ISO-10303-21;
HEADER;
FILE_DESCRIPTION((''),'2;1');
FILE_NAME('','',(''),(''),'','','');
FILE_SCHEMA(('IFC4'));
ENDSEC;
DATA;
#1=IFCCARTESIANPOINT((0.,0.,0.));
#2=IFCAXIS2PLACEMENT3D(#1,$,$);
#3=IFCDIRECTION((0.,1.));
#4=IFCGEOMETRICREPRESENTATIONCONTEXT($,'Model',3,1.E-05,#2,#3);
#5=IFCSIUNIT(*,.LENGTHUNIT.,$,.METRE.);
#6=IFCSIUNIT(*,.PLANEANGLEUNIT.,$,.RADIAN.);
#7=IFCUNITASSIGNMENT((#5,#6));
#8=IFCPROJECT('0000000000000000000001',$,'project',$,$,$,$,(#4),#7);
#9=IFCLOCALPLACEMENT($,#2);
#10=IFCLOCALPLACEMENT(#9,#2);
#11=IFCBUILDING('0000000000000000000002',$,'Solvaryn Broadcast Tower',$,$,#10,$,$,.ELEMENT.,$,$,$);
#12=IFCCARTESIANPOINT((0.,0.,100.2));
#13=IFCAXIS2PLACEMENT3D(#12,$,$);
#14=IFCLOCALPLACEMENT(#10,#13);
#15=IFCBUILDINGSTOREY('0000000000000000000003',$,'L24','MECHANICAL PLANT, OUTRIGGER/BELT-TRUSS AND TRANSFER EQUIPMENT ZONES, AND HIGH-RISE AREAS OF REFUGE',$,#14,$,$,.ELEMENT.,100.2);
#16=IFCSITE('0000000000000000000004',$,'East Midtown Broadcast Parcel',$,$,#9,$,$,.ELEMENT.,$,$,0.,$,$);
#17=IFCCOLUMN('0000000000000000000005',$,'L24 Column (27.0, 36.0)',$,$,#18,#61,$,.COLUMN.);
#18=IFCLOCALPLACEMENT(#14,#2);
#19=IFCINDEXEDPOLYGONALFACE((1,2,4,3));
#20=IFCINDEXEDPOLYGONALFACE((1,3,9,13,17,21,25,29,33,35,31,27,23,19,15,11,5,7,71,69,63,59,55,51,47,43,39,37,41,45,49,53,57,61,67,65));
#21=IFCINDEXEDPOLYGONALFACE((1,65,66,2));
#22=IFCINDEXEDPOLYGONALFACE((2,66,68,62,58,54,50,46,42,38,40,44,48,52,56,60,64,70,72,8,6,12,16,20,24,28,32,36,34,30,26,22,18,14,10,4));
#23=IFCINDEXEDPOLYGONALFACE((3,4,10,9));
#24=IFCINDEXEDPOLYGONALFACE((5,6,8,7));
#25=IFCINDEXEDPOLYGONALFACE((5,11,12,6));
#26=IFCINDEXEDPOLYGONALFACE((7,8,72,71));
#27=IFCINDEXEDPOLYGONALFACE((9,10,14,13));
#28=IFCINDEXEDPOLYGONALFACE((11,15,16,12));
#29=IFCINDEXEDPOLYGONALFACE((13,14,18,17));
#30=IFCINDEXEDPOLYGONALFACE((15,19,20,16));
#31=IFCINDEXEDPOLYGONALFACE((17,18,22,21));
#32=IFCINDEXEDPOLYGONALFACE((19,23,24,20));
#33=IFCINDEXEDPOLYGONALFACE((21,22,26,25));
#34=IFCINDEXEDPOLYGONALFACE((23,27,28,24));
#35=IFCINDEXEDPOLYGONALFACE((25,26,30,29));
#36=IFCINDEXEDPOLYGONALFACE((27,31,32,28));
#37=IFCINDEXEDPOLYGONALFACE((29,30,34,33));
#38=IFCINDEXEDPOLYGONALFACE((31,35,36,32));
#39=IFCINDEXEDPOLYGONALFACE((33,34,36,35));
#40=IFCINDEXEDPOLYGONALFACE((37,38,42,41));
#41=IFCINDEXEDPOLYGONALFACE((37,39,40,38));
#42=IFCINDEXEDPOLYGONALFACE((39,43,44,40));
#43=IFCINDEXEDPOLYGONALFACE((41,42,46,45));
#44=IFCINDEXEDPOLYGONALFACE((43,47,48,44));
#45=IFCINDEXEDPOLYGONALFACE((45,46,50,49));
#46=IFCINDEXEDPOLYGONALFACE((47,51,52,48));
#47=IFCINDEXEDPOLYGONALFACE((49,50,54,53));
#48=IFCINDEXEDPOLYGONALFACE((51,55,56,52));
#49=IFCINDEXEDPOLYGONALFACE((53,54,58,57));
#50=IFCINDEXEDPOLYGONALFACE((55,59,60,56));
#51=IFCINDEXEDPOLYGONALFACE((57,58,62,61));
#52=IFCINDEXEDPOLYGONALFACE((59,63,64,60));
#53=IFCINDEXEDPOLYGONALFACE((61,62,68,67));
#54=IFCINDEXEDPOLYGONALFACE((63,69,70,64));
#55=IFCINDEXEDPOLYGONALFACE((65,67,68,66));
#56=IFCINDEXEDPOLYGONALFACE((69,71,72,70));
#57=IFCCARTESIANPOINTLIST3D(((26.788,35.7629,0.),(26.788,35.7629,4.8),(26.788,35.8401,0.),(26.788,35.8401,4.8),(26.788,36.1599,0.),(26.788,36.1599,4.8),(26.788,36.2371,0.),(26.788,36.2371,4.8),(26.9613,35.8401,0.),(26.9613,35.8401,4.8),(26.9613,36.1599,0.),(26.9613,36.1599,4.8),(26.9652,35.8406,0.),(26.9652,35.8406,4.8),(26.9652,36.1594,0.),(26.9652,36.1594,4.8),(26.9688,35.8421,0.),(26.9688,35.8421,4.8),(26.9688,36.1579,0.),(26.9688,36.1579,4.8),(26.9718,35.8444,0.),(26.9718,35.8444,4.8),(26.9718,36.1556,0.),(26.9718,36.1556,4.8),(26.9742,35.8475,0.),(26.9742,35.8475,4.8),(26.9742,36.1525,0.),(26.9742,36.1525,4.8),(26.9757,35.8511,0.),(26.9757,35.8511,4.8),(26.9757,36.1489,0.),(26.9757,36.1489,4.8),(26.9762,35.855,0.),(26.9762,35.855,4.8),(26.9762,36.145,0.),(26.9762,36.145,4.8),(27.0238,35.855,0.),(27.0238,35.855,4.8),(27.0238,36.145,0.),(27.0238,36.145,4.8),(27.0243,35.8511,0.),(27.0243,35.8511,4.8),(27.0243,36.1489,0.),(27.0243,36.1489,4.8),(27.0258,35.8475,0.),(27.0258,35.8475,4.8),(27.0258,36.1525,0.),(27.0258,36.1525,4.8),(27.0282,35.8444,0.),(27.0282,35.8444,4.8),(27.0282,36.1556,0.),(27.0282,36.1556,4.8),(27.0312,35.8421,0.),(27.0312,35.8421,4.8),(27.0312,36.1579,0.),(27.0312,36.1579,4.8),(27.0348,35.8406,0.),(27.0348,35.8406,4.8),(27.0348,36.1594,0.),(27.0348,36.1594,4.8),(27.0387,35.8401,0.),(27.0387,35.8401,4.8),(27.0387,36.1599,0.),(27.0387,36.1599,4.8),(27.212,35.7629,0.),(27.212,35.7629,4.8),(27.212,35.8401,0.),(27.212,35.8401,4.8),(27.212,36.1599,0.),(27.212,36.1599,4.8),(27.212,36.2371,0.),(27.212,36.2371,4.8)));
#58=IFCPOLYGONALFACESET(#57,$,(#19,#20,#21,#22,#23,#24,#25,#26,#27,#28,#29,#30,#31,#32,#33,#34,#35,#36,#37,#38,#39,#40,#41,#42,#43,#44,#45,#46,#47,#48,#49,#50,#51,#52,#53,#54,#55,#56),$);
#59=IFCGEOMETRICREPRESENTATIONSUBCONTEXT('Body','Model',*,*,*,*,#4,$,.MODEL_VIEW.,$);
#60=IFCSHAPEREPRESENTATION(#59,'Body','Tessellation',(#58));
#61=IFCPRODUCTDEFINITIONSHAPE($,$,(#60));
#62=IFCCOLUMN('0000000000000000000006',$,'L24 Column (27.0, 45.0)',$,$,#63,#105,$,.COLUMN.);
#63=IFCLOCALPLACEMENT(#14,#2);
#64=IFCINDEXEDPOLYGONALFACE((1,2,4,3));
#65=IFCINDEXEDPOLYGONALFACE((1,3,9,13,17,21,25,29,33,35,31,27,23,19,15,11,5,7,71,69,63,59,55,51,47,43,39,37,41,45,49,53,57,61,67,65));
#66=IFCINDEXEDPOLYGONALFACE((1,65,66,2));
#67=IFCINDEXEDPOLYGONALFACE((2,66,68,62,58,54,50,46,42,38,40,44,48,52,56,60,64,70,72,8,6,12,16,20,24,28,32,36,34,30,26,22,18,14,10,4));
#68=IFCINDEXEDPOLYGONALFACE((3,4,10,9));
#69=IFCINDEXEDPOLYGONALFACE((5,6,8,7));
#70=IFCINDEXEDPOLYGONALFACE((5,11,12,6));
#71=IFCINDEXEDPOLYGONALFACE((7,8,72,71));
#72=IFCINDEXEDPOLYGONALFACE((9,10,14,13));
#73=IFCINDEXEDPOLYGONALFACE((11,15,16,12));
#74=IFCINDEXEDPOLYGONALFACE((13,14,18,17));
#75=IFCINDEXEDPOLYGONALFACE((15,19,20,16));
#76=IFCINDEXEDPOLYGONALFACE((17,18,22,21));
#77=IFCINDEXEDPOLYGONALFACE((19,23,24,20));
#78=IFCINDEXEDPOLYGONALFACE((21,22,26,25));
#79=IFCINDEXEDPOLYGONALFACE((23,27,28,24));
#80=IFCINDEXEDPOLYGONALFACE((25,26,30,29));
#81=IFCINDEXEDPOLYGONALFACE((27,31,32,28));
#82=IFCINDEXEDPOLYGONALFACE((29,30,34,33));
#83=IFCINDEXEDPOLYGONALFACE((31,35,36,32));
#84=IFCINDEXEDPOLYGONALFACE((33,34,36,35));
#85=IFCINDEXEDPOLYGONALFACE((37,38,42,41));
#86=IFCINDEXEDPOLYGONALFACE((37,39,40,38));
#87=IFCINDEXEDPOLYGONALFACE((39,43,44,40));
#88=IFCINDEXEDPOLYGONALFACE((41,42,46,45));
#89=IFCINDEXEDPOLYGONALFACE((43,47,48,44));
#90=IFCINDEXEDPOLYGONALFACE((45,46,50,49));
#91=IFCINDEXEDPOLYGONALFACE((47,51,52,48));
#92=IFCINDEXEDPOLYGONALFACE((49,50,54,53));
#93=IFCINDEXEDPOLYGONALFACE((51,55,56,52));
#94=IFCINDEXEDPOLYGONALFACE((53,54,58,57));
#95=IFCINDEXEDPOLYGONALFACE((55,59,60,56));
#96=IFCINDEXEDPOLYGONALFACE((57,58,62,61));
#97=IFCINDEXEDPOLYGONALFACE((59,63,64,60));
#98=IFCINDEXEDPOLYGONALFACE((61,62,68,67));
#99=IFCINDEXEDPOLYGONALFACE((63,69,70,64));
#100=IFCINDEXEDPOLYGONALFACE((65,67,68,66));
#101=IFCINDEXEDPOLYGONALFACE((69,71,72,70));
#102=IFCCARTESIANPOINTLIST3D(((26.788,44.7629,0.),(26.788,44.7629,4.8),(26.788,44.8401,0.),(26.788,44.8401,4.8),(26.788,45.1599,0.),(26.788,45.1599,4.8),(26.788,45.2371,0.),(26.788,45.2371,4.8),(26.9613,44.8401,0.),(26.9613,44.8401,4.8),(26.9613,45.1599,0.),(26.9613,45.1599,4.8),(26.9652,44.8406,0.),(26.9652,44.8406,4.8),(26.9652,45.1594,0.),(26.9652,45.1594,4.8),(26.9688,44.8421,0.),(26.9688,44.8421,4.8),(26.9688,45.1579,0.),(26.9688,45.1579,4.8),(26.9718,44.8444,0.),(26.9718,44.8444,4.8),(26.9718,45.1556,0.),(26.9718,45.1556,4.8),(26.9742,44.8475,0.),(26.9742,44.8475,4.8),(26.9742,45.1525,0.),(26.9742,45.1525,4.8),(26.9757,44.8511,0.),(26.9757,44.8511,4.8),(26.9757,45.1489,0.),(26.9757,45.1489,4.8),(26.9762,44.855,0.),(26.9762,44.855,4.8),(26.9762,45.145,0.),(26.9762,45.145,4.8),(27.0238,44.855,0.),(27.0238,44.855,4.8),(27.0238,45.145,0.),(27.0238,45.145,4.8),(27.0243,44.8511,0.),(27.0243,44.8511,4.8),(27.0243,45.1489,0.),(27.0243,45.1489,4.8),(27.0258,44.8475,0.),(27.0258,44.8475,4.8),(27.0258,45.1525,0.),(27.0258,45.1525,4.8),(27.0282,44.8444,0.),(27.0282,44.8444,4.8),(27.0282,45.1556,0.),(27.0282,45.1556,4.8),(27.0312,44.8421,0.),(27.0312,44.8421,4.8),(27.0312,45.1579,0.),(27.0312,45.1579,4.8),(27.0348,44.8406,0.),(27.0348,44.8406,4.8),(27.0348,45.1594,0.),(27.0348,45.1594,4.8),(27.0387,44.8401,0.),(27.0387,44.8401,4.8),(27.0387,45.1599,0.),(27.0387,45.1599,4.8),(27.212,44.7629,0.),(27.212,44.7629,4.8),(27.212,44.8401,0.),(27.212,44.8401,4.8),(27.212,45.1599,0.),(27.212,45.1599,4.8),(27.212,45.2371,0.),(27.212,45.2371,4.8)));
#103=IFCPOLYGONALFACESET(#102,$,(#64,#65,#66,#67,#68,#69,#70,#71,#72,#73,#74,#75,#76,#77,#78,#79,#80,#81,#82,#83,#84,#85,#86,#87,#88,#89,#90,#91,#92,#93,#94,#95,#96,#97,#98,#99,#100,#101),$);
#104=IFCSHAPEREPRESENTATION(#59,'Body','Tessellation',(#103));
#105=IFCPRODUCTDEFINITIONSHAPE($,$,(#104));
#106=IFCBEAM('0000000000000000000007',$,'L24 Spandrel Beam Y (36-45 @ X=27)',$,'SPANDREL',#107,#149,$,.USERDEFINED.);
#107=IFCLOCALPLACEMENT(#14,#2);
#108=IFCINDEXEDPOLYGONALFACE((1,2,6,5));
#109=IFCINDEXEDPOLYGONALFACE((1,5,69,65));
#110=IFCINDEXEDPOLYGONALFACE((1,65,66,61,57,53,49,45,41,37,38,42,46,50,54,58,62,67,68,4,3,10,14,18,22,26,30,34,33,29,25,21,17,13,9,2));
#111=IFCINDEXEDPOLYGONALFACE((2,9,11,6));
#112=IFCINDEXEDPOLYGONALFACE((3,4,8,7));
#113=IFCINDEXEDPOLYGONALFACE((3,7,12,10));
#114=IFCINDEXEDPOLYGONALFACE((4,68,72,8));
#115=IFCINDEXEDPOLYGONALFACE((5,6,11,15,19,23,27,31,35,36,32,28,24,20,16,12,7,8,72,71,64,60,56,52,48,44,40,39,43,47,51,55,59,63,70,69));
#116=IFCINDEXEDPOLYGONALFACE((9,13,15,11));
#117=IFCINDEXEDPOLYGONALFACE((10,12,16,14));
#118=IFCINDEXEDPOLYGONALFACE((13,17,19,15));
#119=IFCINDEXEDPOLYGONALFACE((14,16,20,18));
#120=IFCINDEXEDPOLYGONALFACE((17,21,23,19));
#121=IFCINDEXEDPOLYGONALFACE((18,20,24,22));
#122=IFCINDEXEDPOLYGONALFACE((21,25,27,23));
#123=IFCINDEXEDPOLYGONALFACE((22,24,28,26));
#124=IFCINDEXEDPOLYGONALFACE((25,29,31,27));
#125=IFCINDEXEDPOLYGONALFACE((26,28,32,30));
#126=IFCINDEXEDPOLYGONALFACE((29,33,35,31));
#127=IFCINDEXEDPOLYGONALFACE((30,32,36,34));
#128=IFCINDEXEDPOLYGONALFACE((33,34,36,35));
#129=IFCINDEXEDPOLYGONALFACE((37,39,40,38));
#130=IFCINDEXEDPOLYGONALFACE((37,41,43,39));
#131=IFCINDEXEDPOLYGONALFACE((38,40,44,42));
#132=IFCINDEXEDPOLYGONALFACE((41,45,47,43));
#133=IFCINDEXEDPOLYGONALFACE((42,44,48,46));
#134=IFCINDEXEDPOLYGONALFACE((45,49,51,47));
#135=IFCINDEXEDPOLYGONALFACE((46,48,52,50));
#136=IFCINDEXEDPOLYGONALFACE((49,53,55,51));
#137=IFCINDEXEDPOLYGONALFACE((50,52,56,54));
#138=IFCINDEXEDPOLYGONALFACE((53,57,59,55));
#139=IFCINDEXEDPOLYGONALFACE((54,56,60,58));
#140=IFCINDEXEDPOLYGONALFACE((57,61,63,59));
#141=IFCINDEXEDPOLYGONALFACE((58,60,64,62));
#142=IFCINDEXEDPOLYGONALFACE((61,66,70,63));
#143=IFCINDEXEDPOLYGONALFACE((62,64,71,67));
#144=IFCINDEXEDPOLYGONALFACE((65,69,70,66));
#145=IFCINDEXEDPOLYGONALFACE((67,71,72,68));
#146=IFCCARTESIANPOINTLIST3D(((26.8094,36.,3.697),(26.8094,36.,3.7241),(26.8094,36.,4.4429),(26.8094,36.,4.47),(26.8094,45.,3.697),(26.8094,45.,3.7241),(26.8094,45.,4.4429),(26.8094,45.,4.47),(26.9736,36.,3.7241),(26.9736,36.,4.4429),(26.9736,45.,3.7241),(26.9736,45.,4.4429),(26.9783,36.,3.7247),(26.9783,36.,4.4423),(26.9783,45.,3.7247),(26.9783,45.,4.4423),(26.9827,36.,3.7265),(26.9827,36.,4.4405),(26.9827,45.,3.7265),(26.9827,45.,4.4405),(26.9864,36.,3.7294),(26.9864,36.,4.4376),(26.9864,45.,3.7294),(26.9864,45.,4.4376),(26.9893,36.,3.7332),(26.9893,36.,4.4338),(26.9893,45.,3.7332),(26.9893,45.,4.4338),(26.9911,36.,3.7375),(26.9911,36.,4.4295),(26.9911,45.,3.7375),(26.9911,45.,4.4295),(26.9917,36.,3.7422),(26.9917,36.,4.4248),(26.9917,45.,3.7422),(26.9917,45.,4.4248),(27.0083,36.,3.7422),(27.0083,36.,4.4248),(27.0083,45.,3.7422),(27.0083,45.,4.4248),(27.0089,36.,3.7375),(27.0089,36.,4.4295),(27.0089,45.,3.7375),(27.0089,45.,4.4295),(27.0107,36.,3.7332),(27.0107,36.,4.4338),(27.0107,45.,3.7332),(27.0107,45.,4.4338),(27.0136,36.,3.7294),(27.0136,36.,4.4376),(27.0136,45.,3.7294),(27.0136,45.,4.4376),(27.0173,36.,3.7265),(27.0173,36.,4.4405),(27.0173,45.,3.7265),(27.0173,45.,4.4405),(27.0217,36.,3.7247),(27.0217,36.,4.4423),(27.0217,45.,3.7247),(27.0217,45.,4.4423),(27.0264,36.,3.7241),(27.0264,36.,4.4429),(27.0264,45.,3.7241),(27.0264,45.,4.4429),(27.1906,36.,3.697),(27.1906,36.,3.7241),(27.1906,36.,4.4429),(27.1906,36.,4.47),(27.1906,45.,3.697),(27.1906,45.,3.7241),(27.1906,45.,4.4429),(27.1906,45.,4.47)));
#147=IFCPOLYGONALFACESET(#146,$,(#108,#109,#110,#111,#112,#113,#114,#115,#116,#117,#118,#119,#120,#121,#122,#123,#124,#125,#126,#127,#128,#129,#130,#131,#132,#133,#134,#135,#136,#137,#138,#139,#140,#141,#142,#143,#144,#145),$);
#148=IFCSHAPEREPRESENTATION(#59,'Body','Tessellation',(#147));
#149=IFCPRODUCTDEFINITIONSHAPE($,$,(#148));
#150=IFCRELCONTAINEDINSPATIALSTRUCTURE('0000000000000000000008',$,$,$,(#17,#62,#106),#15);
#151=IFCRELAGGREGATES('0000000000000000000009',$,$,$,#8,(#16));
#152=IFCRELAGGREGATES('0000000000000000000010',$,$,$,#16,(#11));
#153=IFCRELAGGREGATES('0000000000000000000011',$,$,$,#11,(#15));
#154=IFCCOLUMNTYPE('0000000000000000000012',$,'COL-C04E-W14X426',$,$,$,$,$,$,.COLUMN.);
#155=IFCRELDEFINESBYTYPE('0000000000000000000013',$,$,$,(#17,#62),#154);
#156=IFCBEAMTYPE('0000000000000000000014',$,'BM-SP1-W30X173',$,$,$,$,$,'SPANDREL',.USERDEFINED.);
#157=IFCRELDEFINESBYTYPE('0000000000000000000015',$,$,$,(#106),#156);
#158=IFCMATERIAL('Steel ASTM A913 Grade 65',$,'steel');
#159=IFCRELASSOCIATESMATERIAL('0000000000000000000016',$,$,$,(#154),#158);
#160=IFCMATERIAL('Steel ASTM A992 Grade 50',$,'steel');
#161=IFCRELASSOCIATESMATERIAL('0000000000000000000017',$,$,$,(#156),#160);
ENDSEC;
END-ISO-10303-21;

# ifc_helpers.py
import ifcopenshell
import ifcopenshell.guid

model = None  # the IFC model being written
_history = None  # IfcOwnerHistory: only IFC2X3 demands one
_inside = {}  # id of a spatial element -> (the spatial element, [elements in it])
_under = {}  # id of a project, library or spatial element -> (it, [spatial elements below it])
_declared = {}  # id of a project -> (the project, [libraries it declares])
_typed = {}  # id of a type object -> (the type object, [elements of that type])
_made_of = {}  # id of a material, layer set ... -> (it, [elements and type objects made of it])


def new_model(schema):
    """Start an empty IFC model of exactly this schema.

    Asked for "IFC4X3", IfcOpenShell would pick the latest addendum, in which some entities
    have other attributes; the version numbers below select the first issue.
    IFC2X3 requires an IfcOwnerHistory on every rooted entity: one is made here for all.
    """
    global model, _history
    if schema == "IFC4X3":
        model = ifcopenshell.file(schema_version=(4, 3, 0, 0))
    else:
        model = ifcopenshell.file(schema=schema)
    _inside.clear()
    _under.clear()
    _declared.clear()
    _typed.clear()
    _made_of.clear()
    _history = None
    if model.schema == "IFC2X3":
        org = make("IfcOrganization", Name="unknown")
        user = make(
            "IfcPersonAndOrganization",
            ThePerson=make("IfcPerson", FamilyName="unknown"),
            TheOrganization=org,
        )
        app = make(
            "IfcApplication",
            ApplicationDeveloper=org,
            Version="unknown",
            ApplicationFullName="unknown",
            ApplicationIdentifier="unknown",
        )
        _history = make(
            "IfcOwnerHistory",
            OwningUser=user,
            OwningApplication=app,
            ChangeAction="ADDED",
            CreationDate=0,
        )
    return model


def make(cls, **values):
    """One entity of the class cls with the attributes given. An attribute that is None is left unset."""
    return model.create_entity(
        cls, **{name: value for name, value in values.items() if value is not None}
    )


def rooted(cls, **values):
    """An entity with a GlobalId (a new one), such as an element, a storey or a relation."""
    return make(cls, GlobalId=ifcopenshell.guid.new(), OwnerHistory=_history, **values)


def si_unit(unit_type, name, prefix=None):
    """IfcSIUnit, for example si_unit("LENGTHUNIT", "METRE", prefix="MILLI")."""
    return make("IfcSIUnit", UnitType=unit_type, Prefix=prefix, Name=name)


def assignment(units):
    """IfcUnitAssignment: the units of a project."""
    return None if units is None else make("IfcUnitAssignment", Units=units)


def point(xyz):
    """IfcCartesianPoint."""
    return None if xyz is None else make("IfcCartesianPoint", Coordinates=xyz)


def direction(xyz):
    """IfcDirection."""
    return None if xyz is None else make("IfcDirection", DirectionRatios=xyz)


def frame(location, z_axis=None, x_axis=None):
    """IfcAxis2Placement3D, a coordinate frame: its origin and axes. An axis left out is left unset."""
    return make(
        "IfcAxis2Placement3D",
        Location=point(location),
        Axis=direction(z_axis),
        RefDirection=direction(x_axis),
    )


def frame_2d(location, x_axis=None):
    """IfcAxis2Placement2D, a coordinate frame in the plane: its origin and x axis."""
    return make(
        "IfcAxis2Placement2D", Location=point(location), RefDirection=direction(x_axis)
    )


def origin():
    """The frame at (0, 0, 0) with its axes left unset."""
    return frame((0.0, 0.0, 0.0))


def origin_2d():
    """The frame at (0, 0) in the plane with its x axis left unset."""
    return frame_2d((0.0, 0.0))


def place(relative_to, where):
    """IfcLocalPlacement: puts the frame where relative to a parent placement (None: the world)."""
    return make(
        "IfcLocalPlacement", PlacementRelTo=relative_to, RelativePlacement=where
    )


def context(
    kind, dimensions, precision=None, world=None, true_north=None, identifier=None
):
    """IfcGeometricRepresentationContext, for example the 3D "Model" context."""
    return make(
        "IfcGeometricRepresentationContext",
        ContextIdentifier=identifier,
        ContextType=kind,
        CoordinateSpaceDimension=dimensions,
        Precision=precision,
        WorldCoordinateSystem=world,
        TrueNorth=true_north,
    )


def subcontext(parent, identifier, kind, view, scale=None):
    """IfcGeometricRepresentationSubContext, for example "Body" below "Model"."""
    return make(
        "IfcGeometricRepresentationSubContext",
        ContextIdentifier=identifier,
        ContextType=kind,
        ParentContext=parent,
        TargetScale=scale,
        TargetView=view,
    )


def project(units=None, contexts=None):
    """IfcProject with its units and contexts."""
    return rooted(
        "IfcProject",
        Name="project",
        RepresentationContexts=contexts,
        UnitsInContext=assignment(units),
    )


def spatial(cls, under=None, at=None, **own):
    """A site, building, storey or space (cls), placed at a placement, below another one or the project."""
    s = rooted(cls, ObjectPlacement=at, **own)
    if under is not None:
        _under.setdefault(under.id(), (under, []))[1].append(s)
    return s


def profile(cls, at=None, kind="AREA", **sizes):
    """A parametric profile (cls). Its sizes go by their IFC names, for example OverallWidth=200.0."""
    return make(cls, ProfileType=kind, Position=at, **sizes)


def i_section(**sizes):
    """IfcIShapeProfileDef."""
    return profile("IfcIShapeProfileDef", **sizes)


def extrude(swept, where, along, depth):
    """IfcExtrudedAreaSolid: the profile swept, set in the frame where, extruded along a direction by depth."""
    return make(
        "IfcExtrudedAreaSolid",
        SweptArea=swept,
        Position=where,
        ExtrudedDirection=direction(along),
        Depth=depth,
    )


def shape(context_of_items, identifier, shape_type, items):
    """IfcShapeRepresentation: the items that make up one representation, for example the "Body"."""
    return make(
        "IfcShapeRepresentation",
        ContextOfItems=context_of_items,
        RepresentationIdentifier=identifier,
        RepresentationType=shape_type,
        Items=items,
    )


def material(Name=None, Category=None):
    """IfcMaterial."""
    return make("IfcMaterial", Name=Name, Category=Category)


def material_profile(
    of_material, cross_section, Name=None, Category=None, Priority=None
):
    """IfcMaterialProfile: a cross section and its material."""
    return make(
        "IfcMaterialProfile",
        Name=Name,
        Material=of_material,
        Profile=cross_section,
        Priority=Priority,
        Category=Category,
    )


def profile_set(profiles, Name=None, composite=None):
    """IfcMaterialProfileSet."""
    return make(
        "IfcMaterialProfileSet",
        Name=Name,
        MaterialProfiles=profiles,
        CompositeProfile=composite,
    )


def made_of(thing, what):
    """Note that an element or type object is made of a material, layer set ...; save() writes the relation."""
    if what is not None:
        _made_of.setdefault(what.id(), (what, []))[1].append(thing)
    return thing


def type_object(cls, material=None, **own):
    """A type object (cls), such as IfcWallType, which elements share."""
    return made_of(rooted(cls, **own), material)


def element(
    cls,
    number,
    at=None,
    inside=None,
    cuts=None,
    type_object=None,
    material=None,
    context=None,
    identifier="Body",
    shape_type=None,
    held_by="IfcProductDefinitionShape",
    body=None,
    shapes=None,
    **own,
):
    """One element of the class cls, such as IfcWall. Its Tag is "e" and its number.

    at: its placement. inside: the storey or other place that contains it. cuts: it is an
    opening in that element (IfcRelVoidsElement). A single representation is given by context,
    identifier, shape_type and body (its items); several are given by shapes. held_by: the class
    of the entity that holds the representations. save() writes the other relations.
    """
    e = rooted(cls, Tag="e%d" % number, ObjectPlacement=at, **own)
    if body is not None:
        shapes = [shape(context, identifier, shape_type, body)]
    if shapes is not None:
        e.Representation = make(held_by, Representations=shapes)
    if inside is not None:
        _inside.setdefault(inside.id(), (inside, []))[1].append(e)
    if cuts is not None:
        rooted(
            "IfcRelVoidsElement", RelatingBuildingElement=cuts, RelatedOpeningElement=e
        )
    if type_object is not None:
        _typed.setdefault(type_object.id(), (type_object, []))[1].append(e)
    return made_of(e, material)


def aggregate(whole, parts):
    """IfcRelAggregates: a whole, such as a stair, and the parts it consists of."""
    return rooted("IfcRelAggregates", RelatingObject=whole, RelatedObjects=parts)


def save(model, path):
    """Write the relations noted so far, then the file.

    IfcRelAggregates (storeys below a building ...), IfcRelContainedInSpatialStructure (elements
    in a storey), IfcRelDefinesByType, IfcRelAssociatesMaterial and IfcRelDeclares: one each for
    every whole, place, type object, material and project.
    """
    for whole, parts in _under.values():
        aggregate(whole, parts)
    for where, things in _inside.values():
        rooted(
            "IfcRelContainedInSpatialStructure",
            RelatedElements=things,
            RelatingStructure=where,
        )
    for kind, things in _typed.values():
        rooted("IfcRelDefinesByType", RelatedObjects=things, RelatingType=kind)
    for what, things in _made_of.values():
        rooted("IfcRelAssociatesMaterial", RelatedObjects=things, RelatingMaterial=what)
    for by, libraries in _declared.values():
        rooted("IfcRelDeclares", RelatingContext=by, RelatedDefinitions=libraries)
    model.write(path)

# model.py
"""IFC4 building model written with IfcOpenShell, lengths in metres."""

from ifc_helpers import new_model, si_unit, direction, frame, origin, origin_2d, place, context, subcontext, project, spatial, i_section, extrude, material, material_profile, profile_set, type_object, element, save


model = new_model("IFC4")

# Units and contexts
model_context = context("Model", 3, precision=1e-05, world=origin(), true_north=direction((0.0, 1.0)))
body_context = subcontext(model_context, "Body", "Model", "MODEL_VIEW")
ifc_project = project(units=[si_unit("LENGTHUNIT", "METRE"), si_unit("PLANEANGLEUNIT", "RADIAN")], contexts=[model_context])

# Site, building, storey
site_placement = place(None, origin())
site = spatial("IfcSite", under=ifc_project, at=site_placement, Name="East Midtown Broadcast Parcel", CompositionType="ELEMENT", RefElevation=0.0)
building_placement = place(site_placement, origin())
building = spatial("IfcBuilding", under=site, at=building_placement, Name="Solvaryn Broadcast Tower", CompositionType="ELEMENT")
storey_placement = place(building_placement, frame((0.0, 0.0, 100.2)))
storey = spatial("IfcBuildingStorey", under=building, at=storey_placement, Name="L24", Description="MECHANICAL PLANT, OUTRIGGER/BELT-TRUSS AND TRANSFER EQUIPMENT ZONES, AND HIGH-RISE AREAS OF REFUGE", CompositionType="ELEMENT", Elevation=100.2)

# Columns
ifc_material_1 = material(Name="Steel ASTM A913 Grade 65", Category="steel")
ifc_material_profile_1 = material_profile(ifc_material_1, i_section(OverallWidth=0.4241, OverallDepth=0.4741, WebThickness=0.0476, FlangeThickness=0.0771, FilletRadius=0.0149, at=origin_2d()))
ifc_profile_set_1 = profile_set([ifc_material_profile_1], Name="Steel ASTM A913 Grade 65")
column_type = type_object("IfcColumnType", Name="COL-C04E-W14X426", PredefinedType="COLUMN", material=ifc_profile_set_1)
for number, where, z_axis, x_axis, name in (
    (1, (27.0, 36.0, 0.0), (0.0, 0.0, 1.0), (1.0, 0.0, 0.0), "L24 Column (27.0, 36.0)"),
    (2, (27.0, 45.0, 0.0), (0.0, 0.0, 1.0), (1.0, 0.0, 0.0), "L24 Column (27.0, 45.0)"),
):
    element("IfcColumn", number, at=place(storey_placement, frame(where, z_axis=z_axis, x_axis=x_axis)), inside=storey, type_object=column_type, Name=name, PredefinedType="COLUMN", context=body_context, shape_type="SweptSolid", body=[
        extrude(i_section(OverallWidth=0.4241, OverallDepth=0.4741, WebThickness=0.0476, FlangeThickness=0.0771, FilletRadius=0.0149, at=origin_2d()), origin(), (0.0, 0.0, 1.0), 4.8),
    ])

# Beam
ifc_material_2 = material(Name="Steel ASTM A992 Grade 50", Category="steel")
ifc_material_profile_2 = material_profile(ifc_material_2, i_section(OverallWidth=0.3811, OverallDepth=0.7729, WebThickness=0.0166, FlangeThickness=0.0271, FilletRadius=0.0181, at=origin_2d()))
ifc_profile_set_2 = profile_set([ifc_material_profile_2], Name="Steel ASTM A992 Grade 50")
beam_type = type_object("IfcBeamType", Name="BM-SP1-W30X173", ElementType="SPANDREL", PredefinedType="USERDEFINED", material=ifc_profile_set_2)
beam_placement = place(storey_placement, frame((27.0, 36.0, 4.0835), z_axis=(0.0, 1.0, 0.0), x_axis=(-1.0, 0.0, 0.0)))
element("IfcBeam", 3, at=beam_placement, inside=storey, type_object=beam_type, Name="L24 Spandrel Beam Y (36-45 @ X=27)", ObjectType="SPANDREL", PredefinedType="USERDEFINED", context=body_context, shape_type="SweptSolid", body=[
    extrude(i_section(OverallWidth=0.3811, OverallDepth=0.7729, WebThickness=0.0166, FlangeThickness=0.0271, FilletRadius=0.0181, at=origin_2d()), origin(), (0.0, 0.0, 1.0), 9.0),
])

save(model, "model.ifc")
